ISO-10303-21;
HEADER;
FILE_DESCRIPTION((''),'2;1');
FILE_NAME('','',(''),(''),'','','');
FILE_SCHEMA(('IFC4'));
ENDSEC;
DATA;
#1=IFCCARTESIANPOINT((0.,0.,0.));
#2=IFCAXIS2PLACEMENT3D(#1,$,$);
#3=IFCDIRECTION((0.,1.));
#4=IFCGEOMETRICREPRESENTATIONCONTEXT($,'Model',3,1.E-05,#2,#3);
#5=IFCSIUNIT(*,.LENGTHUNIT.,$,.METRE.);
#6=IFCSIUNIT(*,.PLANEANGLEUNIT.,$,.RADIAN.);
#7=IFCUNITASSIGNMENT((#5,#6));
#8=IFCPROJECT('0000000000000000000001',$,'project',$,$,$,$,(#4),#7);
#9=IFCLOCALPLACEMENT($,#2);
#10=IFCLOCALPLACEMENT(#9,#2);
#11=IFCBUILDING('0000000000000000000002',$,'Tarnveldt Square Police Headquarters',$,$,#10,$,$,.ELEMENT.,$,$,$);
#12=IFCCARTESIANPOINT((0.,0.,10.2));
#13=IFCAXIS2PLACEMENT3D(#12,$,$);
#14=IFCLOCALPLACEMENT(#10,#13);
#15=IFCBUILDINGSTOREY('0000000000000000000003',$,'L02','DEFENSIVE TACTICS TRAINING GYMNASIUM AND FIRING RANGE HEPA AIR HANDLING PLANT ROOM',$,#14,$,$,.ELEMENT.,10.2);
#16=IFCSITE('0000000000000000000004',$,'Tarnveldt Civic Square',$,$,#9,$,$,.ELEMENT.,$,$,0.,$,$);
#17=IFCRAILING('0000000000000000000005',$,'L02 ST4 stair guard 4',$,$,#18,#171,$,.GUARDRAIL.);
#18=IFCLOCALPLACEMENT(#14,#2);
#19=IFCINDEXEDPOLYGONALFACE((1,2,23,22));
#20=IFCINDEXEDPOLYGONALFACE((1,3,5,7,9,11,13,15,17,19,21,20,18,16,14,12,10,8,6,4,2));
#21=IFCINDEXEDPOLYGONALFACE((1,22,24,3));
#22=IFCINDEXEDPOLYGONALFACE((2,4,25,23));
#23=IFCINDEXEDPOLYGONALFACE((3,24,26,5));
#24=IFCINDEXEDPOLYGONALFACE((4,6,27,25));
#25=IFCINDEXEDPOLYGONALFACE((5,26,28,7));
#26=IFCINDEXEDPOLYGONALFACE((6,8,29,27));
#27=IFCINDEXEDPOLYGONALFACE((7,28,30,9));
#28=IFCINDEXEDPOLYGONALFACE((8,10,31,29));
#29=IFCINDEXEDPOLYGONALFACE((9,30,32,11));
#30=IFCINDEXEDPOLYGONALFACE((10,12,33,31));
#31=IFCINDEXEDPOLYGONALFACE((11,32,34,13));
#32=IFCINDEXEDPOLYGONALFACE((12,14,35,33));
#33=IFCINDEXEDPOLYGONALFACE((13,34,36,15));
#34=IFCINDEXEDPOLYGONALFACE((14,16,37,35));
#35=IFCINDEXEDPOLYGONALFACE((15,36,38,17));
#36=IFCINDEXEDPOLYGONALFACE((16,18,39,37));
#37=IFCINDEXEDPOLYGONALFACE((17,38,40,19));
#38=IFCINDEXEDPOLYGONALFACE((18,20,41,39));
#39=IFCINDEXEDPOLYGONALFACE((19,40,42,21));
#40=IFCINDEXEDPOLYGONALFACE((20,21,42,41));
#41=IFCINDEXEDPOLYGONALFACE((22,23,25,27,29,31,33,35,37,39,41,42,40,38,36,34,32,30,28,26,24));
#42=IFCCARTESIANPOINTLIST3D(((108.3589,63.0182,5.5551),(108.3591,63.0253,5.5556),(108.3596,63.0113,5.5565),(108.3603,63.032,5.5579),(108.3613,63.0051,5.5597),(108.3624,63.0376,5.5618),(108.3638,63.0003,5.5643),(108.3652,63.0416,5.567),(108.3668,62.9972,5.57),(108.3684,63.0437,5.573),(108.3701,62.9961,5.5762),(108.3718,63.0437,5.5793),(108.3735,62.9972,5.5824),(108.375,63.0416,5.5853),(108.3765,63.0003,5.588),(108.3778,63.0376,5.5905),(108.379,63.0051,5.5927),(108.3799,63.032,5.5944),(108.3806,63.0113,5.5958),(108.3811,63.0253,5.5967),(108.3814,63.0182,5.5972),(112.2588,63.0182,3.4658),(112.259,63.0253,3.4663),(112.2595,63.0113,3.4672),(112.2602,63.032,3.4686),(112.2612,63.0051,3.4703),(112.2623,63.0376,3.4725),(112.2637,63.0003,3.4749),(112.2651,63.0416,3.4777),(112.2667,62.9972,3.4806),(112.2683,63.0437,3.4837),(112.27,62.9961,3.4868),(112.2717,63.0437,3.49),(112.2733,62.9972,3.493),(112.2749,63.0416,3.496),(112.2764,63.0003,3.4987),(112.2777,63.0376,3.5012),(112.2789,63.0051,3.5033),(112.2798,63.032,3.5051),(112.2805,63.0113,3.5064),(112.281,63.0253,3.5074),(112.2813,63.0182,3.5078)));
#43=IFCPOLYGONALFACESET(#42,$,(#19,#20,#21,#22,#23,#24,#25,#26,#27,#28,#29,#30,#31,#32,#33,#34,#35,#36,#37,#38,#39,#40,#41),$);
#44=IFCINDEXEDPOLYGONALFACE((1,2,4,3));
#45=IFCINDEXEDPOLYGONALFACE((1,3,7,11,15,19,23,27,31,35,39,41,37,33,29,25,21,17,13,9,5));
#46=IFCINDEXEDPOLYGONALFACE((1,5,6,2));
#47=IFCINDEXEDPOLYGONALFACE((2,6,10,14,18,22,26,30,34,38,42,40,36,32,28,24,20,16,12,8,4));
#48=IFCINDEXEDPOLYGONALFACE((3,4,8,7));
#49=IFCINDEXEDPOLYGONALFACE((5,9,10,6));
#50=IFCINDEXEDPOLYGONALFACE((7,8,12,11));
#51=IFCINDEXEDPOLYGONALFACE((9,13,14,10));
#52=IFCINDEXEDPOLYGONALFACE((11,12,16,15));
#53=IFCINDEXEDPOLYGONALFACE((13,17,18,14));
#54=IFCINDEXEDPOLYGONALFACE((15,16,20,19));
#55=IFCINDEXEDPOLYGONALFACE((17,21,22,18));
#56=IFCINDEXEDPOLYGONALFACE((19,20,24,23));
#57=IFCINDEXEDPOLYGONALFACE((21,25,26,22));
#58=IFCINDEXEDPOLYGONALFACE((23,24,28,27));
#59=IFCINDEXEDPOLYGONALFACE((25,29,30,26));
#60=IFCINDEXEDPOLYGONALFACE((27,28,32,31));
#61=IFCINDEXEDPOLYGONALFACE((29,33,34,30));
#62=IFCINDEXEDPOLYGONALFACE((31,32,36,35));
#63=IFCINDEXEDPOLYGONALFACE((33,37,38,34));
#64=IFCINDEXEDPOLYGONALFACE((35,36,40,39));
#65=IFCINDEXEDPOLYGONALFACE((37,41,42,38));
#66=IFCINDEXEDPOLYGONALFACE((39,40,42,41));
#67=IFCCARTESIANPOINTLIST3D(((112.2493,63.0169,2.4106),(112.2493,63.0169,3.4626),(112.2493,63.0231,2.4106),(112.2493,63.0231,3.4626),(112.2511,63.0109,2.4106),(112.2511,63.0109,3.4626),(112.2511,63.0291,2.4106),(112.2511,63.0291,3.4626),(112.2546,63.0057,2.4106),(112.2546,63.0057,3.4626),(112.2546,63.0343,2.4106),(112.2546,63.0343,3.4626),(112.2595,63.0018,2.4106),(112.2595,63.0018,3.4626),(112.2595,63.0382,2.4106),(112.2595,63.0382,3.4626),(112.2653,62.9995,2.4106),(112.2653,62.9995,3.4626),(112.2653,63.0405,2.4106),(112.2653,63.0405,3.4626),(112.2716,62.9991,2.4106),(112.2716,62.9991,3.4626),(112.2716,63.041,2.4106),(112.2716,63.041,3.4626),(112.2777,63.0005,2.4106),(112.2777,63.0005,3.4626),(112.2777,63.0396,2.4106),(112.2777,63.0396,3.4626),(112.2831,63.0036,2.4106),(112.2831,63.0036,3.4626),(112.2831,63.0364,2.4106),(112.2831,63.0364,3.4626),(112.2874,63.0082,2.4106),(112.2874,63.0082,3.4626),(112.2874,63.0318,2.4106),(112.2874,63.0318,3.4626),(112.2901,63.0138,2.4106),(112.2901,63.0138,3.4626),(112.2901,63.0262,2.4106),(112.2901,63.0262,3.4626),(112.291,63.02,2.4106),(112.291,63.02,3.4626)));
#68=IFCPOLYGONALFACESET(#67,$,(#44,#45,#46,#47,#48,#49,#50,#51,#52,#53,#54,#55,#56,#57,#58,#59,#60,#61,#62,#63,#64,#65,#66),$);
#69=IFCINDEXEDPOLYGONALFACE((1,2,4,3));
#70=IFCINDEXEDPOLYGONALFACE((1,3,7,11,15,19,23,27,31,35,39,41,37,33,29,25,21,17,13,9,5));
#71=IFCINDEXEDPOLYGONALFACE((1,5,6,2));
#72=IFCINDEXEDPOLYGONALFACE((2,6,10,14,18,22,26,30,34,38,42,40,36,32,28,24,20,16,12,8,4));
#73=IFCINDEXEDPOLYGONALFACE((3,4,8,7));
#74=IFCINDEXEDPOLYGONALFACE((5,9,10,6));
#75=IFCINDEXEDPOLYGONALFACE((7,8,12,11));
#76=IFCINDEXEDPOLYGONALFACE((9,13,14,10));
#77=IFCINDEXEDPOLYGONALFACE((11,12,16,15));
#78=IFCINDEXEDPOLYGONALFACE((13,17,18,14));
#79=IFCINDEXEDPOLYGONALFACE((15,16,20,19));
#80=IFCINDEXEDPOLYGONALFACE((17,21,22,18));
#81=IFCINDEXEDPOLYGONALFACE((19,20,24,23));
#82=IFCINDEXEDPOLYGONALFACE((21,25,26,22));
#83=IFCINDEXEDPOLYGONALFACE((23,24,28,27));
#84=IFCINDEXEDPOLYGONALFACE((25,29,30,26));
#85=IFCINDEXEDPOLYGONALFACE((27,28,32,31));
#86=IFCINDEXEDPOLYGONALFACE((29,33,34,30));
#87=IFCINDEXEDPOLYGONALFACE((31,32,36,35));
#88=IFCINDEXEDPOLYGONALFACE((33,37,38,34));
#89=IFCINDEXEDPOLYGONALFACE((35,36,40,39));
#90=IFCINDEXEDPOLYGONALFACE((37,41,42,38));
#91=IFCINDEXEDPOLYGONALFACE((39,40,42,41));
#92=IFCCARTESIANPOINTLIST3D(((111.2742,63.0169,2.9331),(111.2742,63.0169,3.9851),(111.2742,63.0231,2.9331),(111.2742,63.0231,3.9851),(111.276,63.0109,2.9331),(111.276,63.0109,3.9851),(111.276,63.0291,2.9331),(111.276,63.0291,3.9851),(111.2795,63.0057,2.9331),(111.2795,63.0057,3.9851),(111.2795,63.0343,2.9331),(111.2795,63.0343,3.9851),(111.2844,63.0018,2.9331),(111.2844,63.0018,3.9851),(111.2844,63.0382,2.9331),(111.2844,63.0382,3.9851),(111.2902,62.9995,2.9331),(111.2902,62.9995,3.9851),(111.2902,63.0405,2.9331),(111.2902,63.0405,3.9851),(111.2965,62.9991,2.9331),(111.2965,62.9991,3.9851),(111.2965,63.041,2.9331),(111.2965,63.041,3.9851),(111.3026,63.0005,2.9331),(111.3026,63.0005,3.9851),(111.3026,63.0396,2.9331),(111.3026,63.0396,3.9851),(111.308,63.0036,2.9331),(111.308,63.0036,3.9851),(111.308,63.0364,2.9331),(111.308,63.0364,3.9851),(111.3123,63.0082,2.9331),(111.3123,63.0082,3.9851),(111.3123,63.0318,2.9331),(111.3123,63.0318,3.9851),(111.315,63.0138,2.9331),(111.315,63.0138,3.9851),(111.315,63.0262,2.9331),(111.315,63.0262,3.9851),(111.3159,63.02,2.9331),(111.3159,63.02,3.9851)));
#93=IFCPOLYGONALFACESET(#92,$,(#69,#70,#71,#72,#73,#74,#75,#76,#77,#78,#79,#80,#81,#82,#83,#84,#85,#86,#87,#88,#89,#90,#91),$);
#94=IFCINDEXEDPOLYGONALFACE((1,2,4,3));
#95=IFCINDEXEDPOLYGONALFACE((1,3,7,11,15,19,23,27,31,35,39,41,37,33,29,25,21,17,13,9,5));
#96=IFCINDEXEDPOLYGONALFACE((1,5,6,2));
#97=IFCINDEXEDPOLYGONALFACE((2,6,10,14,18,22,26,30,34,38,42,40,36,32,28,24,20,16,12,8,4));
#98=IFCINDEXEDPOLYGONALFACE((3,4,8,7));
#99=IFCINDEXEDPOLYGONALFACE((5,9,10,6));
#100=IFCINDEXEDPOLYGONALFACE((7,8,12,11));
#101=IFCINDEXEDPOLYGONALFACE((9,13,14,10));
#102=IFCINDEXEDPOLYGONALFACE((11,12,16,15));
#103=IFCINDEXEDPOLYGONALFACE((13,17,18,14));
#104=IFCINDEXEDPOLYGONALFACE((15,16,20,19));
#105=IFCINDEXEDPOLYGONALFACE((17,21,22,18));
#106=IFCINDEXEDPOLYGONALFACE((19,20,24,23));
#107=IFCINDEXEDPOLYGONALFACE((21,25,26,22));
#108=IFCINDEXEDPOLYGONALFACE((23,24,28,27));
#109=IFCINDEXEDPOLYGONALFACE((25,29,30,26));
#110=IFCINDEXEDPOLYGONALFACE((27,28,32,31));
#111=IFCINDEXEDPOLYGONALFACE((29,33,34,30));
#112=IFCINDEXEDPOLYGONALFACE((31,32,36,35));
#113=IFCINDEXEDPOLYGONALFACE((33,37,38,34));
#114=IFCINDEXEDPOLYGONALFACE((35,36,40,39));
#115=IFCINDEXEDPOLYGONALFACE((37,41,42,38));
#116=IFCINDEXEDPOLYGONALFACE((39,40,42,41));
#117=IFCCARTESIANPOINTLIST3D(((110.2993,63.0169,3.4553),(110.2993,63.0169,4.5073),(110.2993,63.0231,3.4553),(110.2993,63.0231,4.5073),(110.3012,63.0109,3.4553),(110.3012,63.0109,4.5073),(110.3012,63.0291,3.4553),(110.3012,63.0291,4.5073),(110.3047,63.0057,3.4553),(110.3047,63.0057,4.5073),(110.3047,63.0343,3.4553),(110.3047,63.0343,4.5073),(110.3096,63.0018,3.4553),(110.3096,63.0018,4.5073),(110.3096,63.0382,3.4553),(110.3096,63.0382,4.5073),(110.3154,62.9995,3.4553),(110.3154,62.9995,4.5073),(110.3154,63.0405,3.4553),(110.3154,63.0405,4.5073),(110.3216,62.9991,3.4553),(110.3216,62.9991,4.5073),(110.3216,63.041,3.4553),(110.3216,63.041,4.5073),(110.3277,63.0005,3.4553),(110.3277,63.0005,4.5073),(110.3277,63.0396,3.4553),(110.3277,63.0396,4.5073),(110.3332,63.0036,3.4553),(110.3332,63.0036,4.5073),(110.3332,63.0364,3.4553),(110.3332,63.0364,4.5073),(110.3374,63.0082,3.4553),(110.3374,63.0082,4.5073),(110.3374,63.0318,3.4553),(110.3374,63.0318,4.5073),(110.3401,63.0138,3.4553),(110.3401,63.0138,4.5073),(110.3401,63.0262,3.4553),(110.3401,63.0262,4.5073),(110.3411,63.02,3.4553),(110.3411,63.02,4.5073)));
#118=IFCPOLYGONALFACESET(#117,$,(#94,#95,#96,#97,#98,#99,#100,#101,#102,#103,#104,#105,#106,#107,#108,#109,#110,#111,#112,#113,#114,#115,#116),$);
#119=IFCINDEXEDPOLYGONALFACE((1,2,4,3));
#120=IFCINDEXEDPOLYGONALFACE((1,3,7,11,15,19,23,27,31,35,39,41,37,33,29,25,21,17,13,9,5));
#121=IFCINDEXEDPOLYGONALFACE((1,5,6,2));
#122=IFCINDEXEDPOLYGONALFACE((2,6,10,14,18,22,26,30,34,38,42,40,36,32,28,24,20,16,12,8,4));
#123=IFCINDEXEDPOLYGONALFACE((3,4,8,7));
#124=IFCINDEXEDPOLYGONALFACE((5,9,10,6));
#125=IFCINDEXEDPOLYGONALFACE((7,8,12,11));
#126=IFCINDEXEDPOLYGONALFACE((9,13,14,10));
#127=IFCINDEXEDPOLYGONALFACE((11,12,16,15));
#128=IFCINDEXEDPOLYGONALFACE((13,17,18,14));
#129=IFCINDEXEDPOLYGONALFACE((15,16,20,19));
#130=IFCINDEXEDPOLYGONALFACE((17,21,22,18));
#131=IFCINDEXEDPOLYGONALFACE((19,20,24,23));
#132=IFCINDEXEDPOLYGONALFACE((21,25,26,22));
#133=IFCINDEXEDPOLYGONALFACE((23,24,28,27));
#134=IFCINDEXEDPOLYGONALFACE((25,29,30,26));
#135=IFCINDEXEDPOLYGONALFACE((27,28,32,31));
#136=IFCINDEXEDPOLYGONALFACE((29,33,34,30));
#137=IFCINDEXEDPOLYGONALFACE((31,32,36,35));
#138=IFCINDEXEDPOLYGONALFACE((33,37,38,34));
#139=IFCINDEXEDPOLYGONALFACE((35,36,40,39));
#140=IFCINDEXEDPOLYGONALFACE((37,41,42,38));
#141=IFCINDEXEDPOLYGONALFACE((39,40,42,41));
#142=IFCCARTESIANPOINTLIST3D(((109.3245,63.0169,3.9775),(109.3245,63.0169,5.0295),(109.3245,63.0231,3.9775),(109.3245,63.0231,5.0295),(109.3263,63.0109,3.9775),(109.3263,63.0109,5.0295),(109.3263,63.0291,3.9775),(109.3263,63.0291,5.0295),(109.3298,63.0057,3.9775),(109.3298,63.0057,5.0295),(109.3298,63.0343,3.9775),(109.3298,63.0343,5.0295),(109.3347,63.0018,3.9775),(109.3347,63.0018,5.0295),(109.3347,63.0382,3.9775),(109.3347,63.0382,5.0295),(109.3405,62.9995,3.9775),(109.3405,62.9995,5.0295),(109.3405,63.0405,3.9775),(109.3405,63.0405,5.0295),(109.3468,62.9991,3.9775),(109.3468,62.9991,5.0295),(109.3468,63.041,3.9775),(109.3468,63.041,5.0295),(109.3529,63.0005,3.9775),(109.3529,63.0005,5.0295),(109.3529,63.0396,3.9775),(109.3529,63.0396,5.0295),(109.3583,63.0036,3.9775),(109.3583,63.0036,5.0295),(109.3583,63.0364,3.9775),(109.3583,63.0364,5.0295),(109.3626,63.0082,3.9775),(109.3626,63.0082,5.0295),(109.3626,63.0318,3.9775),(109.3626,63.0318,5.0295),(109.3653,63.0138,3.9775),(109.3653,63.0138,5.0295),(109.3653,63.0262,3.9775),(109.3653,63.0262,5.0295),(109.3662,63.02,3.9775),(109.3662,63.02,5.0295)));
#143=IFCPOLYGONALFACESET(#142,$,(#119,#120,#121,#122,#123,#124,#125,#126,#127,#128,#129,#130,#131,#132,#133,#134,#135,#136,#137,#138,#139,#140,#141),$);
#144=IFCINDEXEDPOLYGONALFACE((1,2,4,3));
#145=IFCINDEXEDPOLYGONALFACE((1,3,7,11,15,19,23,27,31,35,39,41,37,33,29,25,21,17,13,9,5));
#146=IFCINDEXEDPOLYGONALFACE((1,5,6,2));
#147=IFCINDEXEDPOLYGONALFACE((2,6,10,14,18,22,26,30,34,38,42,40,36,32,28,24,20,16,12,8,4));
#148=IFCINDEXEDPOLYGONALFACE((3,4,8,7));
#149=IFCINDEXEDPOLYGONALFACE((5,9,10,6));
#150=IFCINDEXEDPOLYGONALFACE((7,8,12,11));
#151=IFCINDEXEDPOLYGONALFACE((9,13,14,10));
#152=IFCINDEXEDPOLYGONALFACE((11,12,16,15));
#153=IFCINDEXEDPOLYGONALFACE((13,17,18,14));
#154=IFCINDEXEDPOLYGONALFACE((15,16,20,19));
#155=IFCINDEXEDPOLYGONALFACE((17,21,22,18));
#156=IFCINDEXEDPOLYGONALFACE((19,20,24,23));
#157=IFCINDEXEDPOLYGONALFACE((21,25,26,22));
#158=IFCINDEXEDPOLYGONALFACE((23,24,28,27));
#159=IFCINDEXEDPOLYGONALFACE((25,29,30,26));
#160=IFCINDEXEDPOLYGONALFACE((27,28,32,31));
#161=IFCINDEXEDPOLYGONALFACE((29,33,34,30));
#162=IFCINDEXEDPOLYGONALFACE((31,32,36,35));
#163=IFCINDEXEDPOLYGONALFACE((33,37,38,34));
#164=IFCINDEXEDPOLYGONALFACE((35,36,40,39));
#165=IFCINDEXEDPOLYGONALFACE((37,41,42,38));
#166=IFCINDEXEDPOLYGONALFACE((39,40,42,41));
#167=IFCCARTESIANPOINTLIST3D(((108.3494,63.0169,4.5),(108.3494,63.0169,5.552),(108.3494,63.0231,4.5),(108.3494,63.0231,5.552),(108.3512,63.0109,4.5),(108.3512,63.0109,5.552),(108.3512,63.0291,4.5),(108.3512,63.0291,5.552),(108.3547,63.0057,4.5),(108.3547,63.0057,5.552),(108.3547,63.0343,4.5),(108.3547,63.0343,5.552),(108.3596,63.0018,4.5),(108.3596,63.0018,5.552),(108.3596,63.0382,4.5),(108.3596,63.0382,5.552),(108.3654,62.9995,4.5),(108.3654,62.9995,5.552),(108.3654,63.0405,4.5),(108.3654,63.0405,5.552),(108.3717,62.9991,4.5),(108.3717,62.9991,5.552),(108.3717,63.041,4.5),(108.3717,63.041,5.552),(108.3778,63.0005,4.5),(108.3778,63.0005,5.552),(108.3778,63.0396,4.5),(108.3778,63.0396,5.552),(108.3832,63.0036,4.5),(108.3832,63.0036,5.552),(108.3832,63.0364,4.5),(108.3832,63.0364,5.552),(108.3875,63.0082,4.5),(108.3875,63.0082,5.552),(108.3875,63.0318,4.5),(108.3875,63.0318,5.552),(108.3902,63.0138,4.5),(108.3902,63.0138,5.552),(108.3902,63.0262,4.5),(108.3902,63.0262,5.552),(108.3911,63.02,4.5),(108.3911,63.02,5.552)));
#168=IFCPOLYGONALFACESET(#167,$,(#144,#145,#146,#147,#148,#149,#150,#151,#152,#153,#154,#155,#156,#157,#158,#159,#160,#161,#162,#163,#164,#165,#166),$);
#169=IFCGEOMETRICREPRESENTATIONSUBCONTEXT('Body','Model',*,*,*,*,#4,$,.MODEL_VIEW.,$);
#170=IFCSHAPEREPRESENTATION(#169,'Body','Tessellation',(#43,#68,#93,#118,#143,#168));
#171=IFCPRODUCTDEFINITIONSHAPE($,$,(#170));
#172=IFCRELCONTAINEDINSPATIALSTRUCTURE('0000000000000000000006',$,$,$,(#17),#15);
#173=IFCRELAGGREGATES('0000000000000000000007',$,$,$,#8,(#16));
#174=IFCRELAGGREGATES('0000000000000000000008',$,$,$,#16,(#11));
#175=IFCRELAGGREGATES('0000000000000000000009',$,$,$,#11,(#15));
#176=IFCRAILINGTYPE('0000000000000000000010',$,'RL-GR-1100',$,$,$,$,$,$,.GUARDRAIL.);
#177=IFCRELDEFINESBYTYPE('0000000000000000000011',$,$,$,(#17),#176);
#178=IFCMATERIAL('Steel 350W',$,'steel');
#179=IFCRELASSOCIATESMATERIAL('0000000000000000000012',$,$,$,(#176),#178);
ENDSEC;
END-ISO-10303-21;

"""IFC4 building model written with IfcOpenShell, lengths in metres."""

from ifc_helpers import new_model, si_unit, direction, frame, origin, origin_2d, place, context, subcontext, project, spatial, circle, extrude, material, type_object, element, save


model = new_model("IFC4")

# Units and contexts
model_context = context("Model", 3, precision=1e-05, world=origin(), true_north=direction((0.0, 1.0)))
body_context = subcontext(model_context, "Body", "Model", "MODEL_VIEW")
ifc_project = project(units=[si_unit("LENGTHUNIT", "METRE"), si_unit("PLANEANGLEUNIT", "RADIAN")], contexts=[model_context])

# Site, building, storey
site_placement = place(None, origin())
site = spatial("IfcSite", under=ifc_project, at=site_placement, Name="Tarnveldt Civic Square", CompositionType="ELEMENT", RefElevation=0.0)
building_placement = place(site_placement, origin())
building = spatial("IfcBuilding", under=site, at=building_placement, Name="Tarnveldt Square Police Headquarters", CompositionType="ELEMENT")
storey_placement = place(building_placement, frame((0.0, 0.0, 10.2)))
storey = spatial("IfcBuildingStorey", under=building, at=storey_placement, Name="L02", Description="DEFENSIVE TACTICS TRAINING GYMNASIUM AND FIRING RANGE HEPA AIR HANDLING PLANT ROOM", CompositionType="ELEMENT", Elevation=10.2)

# Shared definitions
ifc_material_1 = material(Name="Steel 350W", Category="steel")

# Railing
railing_type_1 = type_object("IfcRailingType", Name="RL-GR-1100", PredefinedType="GUARDRAIL", material=ifc_material_1)
railing_1_placement = place(storey_placement, frame((112.27, 63.02, 2.4106)))
element("IfcRailing", 1, at=railing_1_placement, inside=storey, type_object=railing_type_1, Name="L02 ST4 stair guard 4", PredefinedType="GUARDRAIL", context=body_context, shape_type="SweptSolid", body=[
    extrude(circle(Radius=0.0239, at=origin_2d()), frame((0.0, 0.0, 1.0762), z_axis=(-0.881468, 0.0, 0.472243), x_axis=(0.0, -1.0, 0.0)), (0.0, 0.0, 1.0), 4.4243),
    extrude(circle(Radius=0.021, at=origin_2d()), origin(), (0.0, 0.0, 1.0), 1.052),
    extrude(circle(Radius=0.021, at=origin_2d()), frame((-0.9751, 0.0, 0.5225)), (0.0, 0.0, 1.0), 1.052),
    extrude(circle(Radius=0.021, at=origin_2d()), frame((-1.95, 0.0, 1.0447)), (0.0, 0.0, 1.0), 1.052),
    extrude(circle(Radius=0.021, at=origin_2d()), frame((-2.9248, 0.0, 1.5669)), (0.0, 0.0, 1.0), 1.052),
    extrude(circle(Radius=0.021, at=origin_2d()), frame((-3.8999, 0.0, 2.0894)), (0.0, 0.0, 1.0), 1.052),
])

save(model, "model.ifc")
